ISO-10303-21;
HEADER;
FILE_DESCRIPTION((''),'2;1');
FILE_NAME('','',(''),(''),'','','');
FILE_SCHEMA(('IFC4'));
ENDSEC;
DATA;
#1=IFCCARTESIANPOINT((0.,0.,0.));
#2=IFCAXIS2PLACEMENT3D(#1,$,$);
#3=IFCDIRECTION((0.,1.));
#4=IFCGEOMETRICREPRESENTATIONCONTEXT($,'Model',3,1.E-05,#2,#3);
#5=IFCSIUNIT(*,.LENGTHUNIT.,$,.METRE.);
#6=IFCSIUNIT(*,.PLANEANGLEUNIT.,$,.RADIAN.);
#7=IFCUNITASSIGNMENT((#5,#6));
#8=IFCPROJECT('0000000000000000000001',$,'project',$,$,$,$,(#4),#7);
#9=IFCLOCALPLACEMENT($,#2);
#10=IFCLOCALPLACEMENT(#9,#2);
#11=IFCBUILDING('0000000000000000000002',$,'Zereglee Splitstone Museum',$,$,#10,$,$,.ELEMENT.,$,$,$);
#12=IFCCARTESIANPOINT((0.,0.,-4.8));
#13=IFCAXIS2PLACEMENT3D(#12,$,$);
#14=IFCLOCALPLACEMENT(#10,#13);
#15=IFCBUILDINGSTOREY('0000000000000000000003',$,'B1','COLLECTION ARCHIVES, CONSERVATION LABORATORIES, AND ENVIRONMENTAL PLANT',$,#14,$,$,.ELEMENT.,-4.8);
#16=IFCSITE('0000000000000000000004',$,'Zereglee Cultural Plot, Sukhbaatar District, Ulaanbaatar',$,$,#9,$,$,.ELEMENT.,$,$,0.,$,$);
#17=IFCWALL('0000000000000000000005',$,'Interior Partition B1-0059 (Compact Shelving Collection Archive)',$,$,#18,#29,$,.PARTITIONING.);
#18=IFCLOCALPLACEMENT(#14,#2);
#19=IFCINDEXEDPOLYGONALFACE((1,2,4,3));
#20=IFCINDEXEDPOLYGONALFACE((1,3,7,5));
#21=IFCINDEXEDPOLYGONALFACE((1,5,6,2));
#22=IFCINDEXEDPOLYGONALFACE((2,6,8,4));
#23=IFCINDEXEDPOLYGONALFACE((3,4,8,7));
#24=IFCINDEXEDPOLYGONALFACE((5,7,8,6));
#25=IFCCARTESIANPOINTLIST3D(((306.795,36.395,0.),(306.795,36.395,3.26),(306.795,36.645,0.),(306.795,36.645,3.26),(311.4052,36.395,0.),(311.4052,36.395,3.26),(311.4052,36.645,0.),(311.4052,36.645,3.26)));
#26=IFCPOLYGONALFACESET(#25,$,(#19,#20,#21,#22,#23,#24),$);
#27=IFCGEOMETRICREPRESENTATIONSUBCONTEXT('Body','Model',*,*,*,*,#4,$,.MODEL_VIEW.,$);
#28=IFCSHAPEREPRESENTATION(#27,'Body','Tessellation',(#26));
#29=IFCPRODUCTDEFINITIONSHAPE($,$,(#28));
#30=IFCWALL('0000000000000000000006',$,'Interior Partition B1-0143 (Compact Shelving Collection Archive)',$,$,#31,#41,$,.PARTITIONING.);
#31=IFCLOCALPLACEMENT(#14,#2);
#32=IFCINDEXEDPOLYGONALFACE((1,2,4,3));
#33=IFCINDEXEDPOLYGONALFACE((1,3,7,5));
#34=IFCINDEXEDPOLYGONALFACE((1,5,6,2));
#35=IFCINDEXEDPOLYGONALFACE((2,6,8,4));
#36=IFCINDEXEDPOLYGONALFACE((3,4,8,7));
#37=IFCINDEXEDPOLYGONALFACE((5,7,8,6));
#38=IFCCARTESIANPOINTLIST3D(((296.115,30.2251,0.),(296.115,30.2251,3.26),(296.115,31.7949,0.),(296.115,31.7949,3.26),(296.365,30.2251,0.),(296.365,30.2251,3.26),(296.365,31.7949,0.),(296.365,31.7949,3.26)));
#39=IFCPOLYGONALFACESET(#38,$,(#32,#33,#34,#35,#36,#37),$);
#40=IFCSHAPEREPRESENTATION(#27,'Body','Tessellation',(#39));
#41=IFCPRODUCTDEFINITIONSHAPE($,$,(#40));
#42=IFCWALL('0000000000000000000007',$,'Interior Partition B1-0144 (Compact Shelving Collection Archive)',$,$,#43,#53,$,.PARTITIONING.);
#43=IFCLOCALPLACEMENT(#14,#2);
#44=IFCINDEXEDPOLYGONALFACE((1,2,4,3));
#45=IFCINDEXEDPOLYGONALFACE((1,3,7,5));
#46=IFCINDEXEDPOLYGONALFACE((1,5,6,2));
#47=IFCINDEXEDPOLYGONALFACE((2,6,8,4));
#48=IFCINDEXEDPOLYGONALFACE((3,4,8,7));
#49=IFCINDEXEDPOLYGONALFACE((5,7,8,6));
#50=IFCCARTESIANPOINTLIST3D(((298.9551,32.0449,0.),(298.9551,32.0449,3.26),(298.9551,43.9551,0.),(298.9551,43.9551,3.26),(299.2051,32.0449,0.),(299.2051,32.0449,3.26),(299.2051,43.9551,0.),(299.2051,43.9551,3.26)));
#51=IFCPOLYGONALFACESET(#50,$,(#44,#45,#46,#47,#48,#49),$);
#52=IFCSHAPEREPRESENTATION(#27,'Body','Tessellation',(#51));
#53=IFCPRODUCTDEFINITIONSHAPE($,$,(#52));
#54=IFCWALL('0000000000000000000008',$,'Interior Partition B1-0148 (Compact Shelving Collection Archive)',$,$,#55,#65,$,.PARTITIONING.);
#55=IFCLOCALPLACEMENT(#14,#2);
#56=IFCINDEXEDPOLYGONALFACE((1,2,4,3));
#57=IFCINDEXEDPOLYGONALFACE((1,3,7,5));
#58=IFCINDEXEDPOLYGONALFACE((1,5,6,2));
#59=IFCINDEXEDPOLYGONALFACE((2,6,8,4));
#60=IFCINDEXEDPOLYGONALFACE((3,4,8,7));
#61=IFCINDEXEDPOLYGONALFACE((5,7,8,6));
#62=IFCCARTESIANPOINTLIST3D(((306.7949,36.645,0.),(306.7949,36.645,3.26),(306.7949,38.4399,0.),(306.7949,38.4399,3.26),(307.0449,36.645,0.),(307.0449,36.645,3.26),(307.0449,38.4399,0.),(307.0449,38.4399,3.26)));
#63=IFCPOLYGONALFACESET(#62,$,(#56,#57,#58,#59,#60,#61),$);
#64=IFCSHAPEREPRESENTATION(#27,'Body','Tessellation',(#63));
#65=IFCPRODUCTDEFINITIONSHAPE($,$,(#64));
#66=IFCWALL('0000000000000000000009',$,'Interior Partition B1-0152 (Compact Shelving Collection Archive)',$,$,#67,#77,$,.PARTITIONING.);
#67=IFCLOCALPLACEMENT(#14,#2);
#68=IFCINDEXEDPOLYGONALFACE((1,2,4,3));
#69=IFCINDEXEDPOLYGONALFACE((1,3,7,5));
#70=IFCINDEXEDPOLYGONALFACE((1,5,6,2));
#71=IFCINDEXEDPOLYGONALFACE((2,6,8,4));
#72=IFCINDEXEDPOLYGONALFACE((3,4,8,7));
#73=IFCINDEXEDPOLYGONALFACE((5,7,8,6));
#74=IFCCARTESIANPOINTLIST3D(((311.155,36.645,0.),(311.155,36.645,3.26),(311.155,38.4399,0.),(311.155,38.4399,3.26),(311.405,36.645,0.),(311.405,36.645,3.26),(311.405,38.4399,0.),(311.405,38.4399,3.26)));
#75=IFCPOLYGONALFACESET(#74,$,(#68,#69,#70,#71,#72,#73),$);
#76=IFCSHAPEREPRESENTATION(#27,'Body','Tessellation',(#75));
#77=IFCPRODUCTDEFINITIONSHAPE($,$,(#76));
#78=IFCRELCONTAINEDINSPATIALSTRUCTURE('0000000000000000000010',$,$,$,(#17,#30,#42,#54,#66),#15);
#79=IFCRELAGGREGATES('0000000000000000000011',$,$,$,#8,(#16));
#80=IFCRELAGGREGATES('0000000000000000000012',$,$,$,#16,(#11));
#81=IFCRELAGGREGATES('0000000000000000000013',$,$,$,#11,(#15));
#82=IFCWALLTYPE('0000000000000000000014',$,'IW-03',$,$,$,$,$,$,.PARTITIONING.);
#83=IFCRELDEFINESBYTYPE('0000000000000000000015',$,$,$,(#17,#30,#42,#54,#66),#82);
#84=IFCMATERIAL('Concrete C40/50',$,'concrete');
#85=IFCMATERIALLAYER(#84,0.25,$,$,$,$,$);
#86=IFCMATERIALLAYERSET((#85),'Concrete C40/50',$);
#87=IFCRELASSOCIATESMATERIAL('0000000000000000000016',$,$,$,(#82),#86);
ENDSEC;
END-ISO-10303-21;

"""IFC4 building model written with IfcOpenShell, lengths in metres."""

from ifc_helpers import new_model, si_unit, direction, frame, frame_2d, origin, place, context, subcontext, project, spatial, rectangle, extrude, material, layer, layer_set, type_object, element, save


model = new_model("IFC4")

# Units and contexts
model_context = context("Model", 3, precision=1e-05, world=origin(), true_north=direction((0.0, 1.0)))
body_context = subcontext(model_context, "Body", "Model", "MODEL_VIEW")
ifc_project = project(units=[si_unit("LENGTHUNIT", "METRE"), si_unit("PLANEANGLEUNIT", "RADIAN")], contexts=[model_context])

# Site, building, storey
site_placement = place(None, origin())
site = spatial("IfcSite", under=ifc_project, at=site_placement, Name="Zereglee Cultural Plot, Sukhbaatar District, Ulaanbaatar", CompositionType="ELEMENT", RefElevation=0.0)
building_placement = place(site_placement, origin())
building = spatial("IfcBuilding", under=site, at=building_placement, Name="Zereglee Splitstone Museum", CompositionType="ELEMENT")
storey_placement = place(building_placement, frame((0.0, 0.0, -4.8)))
storey = spatial("IfcBuildingStorey", under=building, at=storey_placement, Name="B1", Description="COLLECTION ARCHIVES, CONSERVATION LABORATORIES, AND ENVIRONMENTAL PLANT", CompositionType="ELEMENT", Elevation=-4.8)

# Shared definitions
ifc_material_1 = material(Name="Concrete C40/50", Category="concrete")

# Walls
ifc_layer_1 = layer(ifc_material_1, 0.25)
ifc_layer_set_1 = layer_set([ifc_layer_1], Name="Concrete C40/50")
wall_type_1 = type_object("IfcWallType", Name="IW-03", PredefinedType="PARTITIONING", material=ifc_layer_set_1)
wall_1_placement = place(storey_placement, frame((306.7949, 36.52, 0.0), z_axis=(0.0, 0.0, 1.0), x_axis=(1.0, 0.0, 0.0)))
element("IfcWall", 1, at=wall_1_placement, inside=storey, type_object=wall_type_1, Name="Interior Partition B1-0059 (Compact Shelving Collection Archive)", PredefinedType="PARTITIONING", context=body_context, shape_type="SweptSolid", body=[
    extrude(rectangle(XDim=4.6101, YDim=0.25, at=frame_2d((2.3052, 0.0))), origin(), (0.0, 0.0, 1.0), 3.26),
])
wall_2_placement = place(storey_placement, frame((296.24, 30.2251, 0.0), z_axis=(0.0, 0.0, 1.0), x_axis=(0.0, 1.0, 0.0)))
element("IfcWall", 2, at=wall_2_placement, inside=storey, type_object=wall_type_1, Name="Interior Partition B1-0143 (Compact Shelving Collection Archive)", PredefinedType="PARTITIONING", context=body_context, shape_type="SweptSolid", body=[
    extrude(rectangle(XDim=1.5698, YDim=0.25, at=frame_2d((0.7849, 0.0))), origin(), (0.0, 0.0, 1.0), 3.26),
])
wall_3_placement = place(storey_placement, frame((299.0801, 32.0449, 0.0), z_axis=(0.0, 0.0, 1.0), x_axis=(0.0, 1.0, 0.0)))
element("IfcWall", 3, at=wall_3_placement, inside=storey, type_object=wall_type_1, Name="Interior Partition B1-0144 (Compact Shelving Collection Archive)", PredefinedType="PARTITIONING", context=body_context, shape_type="SweptSolid", body=[
    extrude(rectangle(XDim=11.9102, YDim=0.25, at=frame_2d((5.9551, 0.0))), origin(), (0.0, 0.0, 1.0), 3.26),
])
for number, where, z_axis, x_axis, name in (
    (4, (306.9199, 36.645, 0.0), (0.0, 0.0, 1.0), (0.0, 1.0, 0.0), "Interior Partition B1-0148 (Compact Shelving Collection Archive)"),
    (5, (311.28, 36.645, 0.0), (0.0, 0.0, 1.0), (0.0, 1.0, 0.0), "Interior Partition B1-0152 (Compact Shelving Collection Archive)"),
):
    element("IfcWall", number, at=place(storey_placement, frame(where, z_axis=z_axis, x_axis=x_axis)), inside=storey, type_object=wall_type_1, Name=name, PredefinedType="PARTITIONING", context=body_context, shape_type="SweptSolid", body=[
        extrude(rectangle(XDim=1.7949, YDim=0.25, at=frame_2d((0.8975, 0.0))), origin(), (0.0, 0.0, 1.0), 3.26),
    ])

save(model, "model.ifc")
